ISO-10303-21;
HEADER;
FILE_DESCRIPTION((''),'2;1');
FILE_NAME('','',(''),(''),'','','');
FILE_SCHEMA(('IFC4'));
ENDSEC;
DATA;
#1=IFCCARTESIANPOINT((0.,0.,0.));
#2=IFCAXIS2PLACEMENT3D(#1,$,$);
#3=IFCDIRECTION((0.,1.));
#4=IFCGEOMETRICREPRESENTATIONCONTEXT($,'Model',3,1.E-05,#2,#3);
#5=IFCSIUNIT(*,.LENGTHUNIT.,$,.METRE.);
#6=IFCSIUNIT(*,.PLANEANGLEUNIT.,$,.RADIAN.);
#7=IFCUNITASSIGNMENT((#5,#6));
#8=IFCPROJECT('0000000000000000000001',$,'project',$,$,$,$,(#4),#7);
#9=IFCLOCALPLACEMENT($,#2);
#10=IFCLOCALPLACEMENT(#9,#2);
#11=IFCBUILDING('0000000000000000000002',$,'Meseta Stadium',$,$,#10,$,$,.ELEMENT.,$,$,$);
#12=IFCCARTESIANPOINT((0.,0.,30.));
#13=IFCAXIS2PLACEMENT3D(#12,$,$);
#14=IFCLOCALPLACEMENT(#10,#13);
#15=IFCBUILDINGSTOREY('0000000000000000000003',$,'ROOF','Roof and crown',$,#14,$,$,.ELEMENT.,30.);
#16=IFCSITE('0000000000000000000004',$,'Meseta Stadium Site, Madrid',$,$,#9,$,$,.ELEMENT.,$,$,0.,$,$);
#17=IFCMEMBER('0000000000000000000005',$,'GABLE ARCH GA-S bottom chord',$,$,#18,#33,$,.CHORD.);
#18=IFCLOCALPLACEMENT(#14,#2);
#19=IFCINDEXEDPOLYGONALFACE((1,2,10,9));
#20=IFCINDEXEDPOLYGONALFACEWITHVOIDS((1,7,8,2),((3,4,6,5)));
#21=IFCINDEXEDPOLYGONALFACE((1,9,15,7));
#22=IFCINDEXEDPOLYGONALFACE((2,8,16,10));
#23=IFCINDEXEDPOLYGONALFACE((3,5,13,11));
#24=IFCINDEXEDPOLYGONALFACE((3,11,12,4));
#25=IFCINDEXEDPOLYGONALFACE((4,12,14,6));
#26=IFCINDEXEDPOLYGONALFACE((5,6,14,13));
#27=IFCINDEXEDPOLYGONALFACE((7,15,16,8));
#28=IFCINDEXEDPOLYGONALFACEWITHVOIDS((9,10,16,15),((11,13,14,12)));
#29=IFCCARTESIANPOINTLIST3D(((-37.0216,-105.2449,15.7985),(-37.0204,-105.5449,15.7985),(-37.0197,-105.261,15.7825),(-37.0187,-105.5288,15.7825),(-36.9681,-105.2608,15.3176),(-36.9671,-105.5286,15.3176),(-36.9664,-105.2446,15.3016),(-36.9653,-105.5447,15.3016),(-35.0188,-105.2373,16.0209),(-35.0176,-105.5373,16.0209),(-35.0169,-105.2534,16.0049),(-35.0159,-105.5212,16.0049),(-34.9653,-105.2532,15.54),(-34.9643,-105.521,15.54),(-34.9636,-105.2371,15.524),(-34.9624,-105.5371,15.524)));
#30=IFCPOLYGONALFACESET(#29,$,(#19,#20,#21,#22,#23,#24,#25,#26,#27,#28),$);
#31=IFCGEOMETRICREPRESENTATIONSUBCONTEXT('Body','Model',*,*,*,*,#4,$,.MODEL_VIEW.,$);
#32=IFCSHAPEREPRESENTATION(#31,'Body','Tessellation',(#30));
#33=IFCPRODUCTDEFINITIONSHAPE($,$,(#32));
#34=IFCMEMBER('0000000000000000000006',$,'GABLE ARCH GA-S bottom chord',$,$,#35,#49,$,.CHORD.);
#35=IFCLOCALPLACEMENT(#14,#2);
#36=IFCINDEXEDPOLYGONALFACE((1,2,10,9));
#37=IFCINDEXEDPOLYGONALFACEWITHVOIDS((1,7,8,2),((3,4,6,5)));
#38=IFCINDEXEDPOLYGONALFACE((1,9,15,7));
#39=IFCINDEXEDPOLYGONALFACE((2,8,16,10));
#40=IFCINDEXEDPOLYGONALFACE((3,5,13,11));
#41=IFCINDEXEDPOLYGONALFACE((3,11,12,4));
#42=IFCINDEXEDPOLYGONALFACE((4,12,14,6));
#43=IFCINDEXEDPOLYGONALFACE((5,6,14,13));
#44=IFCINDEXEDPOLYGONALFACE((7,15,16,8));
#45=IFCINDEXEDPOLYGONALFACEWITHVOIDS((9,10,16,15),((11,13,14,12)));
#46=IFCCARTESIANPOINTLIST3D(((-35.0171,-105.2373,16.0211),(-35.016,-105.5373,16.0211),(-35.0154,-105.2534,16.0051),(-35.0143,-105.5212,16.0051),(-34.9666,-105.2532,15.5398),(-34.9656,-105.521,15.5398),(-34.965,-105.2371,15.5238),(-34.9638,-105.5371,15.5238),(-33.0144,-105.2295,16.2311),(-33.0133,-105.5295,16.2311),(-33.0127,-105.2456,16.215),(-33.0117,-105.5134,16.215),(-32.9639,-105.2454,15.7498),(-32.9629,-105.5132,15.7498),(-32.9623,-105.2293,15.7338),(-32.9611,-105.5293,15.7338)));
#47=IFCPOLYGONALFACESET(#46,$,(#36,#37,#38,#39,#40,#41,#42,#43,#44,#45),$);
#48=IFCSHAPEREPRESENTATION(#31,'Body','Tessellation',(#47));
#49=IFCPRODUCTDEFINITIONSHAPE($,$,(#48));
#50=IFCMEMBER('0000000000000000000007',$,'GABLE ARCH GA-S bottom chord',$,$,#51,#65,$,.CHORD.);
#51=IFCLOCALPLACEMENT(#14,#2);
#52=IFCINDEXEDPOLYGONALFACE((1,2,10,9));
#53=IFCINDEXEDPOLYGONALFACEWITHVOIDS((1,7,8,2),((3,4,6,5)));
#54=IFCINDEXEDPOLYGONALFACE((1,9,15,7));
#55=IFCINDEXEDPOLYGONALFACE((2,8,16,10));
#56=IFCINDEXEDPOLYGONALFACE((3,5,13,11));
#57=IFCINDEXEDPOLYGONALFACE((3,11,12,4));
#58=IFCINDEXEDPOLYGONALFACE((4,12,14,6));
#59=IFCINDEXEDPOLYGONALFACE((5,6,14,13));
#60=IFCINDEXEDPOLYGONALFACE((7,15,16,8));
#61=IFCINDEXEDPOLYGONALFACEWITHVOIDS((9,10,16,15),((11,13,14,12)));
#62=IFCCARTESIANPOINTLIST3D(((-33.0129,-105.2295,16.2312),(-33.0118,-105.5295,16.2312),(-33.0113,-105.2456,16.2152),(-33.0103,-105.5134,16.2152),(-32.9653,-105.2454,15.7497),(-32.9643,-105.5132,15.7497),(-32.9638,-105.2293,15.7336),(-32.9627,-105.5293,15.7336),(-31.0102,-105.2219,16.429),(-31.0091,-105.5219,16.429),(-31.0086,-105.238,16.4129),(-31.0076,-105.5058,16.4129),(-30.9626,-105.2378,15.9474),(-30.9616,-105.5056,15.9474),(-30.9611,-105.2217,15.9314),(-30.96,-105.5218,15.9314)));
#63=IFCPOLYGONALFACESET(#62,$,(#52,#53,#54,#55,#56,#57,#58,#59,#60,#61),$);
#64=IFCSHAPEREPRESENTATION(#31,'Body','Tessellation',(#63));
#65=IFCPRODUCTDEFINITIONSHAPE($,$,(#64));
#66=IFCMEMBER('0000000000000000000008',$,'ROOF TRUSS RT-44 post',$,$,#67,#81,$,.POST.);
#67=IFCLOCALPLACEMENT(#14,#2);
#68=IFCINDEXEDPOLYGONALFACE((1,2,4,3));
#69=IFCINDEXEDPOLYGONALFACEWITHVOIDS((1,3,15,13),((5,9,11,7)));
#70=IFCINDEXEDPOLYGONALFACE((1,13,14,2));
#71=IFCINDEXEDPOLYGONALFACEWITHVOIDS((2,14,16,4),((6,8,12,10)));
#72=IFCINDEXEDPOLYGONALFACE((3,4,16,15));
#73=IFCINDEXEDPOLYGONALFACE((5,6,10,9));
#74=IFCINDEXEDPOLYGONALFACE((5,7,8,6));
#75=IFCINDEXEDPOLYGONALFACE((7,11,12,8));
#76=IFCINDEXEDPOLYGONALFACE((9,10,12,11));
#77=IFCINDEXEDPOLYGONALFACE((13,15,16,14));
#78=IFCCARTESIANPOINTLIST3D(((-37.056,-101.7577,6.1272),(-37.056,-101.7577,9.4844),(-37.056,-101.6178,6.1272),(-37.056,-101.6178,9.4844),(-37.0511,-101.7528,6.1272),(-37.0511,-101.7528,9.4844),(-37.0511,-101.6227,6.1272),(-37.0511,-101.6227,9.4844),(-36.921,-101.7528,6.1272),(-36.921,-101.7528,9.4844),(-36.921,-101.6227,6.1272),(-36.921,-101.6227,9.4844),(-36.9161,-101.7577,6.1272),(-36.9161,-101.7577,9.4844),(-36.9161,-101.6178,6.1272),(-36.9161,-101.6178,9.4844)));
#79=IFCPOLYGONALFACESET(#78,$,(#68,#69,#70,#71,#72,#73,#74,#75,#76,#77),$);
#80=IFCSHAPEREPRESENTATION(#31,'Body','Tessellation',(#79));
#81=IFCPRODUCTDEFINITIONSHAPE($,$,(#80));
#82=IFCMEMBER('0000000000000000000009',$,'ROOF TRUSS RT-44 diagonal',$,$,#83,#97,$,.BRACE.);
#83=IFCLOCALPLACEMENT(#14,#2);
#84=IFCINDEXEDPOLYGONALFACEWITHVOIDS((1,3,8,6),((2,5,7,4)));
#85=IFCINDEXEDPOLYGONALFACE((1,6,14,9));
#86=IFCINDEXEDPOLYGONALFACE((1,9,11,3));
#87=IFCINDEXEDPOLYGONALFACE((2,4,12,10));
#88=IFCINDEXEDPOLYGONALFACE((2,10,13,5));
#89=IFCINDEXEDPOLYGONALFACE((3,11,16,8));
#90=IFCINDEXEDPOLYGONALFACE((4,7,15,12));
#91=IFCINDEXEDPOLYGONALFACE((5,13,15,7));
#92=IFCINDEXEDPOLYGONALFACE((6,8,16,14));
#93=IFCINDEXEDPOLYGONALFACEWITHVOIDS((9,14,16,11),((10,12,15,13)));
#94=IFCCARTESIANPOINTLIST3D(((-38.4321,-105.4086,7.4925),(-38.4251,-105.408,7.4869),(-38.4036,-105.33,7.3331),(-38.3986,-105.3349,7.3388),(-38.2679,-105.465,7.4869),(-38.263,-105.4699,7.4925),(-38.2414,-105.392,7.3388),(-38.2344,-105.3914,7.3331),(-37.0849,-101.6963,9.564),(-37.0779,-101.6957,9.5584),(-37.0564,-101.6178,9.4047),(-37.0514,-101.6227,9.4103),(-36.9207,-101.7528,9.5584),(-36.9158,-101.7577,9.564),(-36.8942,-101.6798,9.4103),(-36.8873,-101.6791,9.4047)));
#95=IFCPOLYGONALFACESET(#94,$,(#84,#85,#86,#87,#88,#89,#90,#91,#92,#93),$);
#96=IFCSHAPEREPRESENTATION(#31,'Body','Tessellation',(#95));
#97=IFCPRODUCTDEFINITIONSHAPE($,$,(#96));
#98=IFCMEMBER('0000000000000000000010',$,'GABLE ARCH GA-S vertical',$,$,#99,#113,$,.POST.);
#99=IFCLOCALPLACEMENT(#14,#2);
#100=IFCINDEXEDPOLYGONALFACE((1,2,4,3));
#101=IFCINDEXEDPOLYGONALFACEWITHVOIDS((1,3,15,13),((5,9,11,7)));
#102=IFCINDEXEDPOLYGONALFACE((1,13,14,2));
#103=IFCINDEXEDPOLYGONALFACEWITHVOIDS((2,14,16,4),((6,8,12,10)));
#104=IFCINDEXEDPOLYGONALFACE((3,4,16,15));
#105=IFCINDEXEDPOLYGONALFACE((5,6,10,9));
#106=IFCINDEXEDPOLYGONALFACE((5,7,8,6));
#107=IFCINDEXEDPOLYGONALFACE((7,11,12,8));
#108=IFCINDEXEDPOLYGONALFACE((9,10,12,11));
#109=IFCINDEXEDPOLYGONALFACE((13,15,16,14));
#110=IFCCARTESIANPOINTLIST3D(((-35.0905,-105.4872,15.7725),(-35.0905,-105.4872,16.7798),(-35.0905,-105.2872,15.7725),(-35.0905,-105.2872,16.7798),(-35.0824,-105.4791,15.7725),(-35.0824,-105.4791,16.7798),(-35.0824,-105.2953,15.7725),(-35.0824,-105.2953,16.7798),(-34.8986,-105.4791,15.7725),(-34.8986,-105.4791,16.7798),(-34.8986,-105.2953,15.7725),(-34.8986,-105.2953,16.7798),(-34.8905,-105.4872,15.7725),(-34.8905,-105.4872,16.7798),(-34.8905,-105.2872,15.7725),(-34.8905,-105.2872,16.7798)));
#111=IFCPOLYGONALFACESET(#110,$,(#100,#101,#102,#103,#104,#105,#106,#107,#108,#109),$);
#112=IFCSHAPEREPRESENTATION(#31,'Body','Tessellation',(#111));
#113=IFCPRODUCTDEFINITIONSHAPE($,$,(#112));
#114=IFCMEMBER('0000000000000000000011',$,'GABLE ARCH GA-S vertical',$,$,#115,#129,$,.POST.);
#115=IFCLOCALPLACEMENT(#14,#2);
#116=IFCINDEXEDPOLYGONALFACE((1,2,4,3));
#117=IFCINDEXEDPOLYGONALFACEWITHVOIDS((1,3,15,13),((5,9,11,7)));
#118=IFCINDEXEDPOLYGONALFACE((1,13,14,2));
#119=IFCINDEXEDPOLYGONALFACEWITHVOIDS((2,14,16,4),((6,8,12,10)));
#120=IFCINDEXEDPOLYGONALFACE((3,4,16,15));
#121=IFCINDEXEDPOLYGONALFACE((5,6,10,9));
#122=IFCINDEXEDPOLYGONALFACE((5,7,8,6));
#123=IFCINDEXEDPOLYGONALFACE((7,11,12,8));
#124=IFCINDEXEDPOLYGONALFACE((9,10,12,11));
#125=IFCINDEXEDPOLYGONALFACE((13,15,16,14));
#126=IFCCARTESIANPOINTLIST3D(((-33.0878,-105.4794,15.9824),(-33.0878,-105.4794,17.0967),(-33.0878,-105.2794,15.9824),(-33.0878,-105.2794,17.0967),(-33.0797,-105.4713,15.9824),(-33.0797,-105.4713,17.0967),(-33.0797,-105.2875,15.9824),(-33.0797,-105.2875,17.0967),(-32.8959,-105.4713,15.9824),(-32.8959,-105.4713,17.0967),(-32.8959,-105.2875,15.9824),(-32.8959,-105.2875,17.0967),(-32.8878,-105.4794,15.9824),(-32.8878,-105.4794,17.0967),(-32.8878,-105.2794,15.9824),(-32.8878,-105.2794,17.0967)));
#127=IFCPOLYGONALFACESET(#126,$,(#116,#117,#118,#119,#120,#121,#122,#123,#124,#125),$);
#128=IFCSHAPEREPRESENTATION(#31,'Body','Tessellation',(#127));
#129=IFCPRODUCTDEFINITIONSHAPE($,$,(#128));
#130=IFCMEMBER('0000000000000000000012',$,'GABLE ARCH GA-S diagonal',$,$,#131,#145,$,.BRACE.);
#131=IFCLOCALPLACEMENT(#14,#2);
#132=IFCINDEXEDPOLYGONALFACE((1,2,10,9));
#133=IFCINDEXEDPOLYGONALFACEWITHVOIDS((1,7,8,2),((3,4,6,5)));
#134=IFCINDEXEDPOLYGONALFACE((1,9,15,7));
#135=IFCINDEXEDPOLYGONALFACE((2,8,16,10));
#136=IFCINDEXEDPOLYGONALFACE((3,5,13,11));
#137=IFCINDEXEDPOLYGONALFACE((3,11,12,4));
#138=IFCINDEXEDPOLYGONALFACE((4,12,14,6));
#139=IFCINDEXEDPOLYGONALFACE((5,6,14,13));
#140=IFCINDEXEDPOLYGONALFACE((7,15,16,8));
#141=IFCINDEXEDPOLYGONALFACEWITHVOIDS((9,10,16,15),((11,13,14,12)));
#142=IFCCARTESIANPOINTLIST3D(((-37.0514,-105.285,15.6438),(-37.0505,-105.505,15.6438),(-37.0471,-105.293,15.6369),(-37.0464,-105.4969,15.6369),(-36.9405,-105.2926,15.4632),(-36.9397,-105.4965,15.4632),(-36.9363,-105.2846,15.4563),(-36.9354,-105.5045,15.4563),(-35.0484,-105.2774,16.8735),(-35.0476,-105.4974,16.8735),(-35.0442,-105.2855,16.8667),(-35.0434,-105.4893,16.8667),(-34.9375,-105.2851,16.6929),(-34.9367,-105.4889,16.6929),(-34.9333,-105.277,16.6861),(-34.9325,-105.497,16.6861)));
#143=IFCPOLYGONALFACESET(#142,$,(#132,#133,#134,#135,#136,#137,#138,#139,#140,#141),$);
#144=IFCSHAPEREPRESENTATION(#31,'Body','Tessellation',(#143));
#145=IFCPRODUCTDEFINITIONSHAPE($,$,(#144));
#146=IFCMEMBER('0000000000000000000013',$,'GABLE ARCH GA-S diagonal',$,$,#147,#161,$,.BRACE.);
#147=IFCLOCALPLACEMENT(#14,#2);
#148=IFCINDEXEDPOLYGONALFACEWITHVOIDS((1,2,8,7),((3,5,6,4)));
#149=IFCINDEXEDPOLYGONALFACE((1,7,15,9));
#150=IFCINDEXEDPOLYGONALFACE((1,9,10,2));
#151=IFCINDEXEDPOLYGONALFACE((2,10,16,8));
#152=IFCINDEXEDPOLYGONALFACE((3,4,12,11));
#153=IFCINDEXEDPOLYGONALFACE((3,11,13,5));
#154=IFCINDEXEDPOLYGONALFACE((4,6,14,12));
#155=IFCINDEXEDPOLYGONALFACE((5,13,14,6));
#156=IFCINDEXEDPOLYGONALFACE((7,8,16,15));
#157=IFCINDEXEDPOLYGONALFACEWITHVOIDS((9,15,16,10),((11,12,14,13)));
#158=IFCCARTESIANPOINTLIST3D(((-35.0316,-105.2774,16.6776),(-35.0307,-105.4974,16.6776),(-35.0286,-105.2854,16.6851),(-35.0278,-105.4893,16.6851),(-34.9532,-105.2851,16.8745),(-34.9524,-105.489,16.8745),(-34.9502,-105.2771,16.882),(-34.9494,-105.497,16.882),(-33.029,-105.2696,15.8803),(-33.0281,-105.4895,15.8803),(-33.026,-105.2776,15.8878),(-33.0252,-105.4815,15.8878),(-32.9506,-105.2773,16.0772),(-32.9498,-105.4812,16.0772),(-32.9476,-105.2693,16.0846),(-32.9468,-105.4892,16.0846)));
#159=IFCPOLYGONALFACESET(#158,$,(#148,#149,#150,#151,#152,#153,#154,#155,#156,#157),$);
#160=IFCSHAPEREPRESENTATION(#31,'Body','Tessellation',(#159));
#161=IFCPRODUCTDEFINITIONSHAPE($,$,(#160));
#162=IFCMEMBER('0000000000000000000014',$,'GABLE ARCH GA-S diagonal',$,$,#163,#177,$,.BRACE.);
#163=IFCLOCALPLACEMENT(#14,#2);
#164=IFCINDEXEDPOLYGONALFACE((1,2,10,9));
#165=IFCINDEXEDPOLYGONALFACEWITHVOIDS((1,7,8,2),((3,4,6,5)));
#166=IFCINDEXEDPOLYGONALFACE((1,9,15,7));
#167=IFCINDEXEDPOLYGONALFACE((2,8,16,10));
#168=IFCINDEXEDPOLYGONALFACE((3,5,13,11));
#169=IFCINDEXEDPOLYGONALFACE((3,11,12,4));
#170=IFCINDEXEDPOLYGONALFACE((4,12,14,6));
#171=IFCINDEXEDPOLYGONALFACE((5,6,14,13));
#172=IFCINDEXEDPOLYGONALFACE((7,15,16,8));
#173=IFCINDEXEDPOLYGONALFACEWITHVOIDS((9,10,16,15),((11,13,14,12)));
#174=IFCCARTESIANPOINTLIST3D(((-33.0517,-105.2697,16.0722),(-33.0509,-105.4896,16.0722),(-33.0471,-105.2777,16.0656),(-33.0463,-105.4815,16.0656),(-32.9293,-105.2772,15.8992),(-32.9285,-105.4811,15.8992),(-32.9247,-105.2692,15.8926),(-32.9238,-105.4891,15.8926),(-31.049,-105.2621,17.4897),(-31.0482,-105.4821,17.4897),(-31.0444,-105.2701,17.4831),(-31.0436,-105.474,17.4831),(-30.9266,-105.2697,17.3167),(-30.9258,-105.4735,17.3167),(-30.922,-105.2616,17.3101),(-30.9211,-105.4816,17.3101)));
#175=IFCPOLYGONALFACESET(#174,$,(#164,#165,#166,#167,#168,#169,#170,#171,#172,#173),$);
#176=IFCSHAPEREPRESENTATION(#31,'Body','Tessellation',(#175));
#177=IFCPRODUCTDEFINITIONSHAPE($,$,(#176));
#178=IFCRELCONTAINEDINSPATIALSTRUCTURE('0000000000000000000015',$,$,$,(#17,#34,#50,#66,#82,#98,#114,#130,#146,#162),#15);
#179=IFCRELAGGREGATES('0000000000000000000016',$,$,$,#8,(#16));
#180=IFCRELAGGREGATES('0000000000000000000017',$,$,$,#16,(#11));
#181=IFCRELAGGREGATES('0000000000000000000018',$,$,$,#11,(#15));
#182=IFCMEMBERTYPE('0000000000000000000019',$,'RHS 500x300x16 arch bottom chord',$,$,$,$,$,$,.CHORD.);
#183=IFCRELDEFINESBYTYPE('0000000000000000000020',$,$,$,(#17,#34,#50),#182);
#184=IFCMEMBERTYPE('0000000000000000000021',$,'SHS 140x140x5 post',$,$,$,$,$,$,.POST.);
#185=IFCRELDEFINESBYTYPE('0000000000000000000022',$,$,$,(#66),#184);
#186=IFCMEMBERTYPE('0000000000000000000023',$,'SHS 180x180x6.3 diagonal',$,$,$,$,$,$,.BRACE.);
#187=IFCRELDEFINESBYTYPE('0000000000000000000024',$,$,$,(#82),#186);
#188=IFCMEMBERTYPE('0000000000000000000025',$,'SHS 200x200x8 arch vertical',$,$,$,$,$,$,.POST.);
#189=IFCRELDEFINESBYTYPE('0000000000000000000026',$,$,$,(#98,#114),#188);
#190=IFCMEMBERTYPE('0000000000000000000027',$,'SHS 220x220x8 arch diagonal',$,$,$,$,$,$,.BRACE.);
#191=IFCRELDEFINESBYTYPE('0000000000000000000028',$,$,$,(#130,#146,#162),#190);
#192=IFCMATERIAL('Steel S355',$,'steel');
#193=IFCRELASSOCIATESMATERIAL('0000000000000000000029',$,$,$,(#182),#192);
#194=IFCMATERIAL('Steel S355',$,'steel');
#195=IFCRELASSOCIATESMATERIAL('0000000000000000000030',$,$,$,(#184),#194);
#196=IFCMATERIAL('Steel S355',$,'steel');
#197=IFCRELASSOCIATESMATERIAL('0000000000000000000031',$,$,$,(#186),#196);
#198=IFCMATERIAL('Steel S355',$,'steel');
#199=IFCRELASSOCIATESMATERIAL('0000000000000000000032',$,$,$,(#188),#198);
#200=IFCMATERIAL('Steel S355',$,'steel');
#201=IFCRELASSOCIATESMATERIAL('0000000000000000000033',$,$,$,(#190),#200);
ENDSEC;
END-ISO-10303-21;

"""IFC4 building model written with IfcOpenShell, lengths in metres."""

from ifc_helpers import new_model, si_unit, direction, frame, origin, origin_2d, place, context, subcontext, project, spatial, hollow_rectangle, extrude, material, material_profile, profile_set, type_object, element, save


model = new_model("IFC4")

# Units and contexts
model_context = context("Model", 3, precision=1e-05, world=origin(), true_north=direction((0.0, 1.0)))
body_context = subcontext(model_context, "Body", "Model", "MODEL_VIEW")
ifc_project = project(units=[si_unit("LENGTHUNIT", "METRE"), si_unit("PLANEANGLEUNIT", "RADIAN")], contexts=[model_context])

# Site, building, storey
site_placement = place(None, origin())
site = spatial("IfcSite", under=ifc_project, at=site_placement, Name="Meseta Stadium Site, Madrid", CompositionType="ELEMENT", RefElevation=0.0)
building_placement = place(site_placement, origin())
building = spatial("IfcBuilding", under=site, at=building_placement, Name="Meseta Stadium", CompositionType="ELEMENT")
storey_placement = place(building_placement, frame((0.0, 0.0, 30.0)))
storey = spatial("IfcBuildingStorey", under=building, at=storey_placement, Name="ROOF", Description="Roof and crown", CompositionType="ELEMENT", Elevation=30.0)

# Members
ifc_material_1 = material(Name="Steel S355", Category="steel")
ifc_material_profile_1 = material_profile(ifc_material_1, hollow_rectangle(XDim=0.3, YDim=0.5, WallThickness=0.0161, at=origin_2d()), Name="RHS 500x300x16")
ifc_profile_set_1 = profile_set([ifc_material_profile_1], Name="Steel S355")
member_type_1 = type_object("IfcMemberType", Name="RHS 500x300x16 arch bottom chord", PredefinedType="CHORD", material=ifc_profile_set_1)
member_1_placement = place(storey_placement, frame((-36.9934, -105.3948, 15.55), z_axis=(0.993884, 0.003756, 0.110364), x_axis=(-0.003779, 0.999993, 0.0)))
element("IfcMember", 1, at=member_1_placement, inside=storey, type_object=member_type_1, Name="GABLE ARCH GA-S bottom chord", PredefinedType="CHORD", context=body_context, shape_type="SweptSolid", body=[
    extrude(hollow_rectangle(XDim=0.3, YDim=0.5, WallThickness=0.0161, at=origin_2d()), origin(), (0.0, 0.0, 1.0), 2.0151),
])
member_2_placement = place(storey_placement, frame((-34.9905, -105.3872, 15.7725), z_axis=(0.994542, 0.00388, 0.104267), x_axis=(-0.003901, 0.999992, 0.0)))
element("IfcMember", 2, at=member_2_placement, inside=storey, type_object=member_type_1, Name="GABLE ARCH GA-S bottom chord", PredefinedType="CHORD", context=body_context, shape_type="SweptSolid", body=[
    extrude(hollow_rectangle(XDim=0.3, YDim=0.5, WallThickness=0.0161, at=origin_2d()), origin(), (0.0, 0.0, 1.0), 2.0137),
])
member_3_placement = place(storey_placement, frame((-32.9878, -105.3794, 15.9824), z_axis=(0.995153, 0.003761, 0.098266), x_axis=(-0.003779, 0.999993, 0.0)))
element("IfcMember", 3, at=member_3_placement, inside=storey, type_object=member_type_1, Name="GABLE ARCH GA-S bottom chord", PredefinedType="CHORD", context=body_context, shape_type="SweptSolid", body=[
    extrude(hollow_rectangle(XDim=0.3, YDim=0.5, WallThickness=0.0161, at=origin_2d()), origin(), (0.0, 0.0, 1.0), 2.0125),
])
ifc_material_2 = material(Name="Steel S355", Category="steel")
ifc_material_profile_2 = material_profile(ifc_material_2, hollow_rectangle(XDim=0.1399, YDim=0.1399, WallThickness=0.0049, at=origin_2d()), Name="SHS 140x140x5")
ifc_profile_set_2 = profile_set([ifc_material_profile_2], Name="Steel S355")
member_type_2 = type_object("IfcMemberType", Name="SHS 140x140x5 post", PredefinedType="POST", material=ifc_profile_set_2)
member_4_placement = place(storey_placement, frame((-36.9861, -101.6877, 6.1272), z_axis=(0.0, 0.0, 1.0), x_axis=(1.0, 0.0, 0.0)))
element("IfcMember", 4, at=member_4_placement, inside=storey, type_object=member_type_2, Name="ROOF TRUSS RT-44 post", PredefinedType="POST", context=body_context, shape_type="SweptSolid", body=[
    extrude(hollow_rectangle(XDim=0.1399, YDim=0.1399, WallThickness=0.0049, at=origin_2d()), origin(), (0.0, 0.0, 1.0), 3.3572),
])
ifc_material_3 = material(Name="Steel S355", Category="steel")
ifc_material_profile_3 = material_profile(ifc_material_3, hollow_rectangle(XDim=0.1799, YDim=0.1799, WallThickness=0.0063, at=origin_2d()), Name="SHS 180x180x6.3")
ifc_profile_set_3 = profile_set([ifc_material_profile_3], Name="Steel S355")
member_type_3 = type_object("IfcMemberType", Name="SHS 180x180x6.3 diagonal", PredefinedType="BRACE", material=ifc_profile_set_3)
member_5_placement = place(storey_placement, frame((-36.9861, -101.6877, 9.4844), z_axis=(-0.302096, -0.832435, -0.464532), x_axis=(0.940013, -0.341137, 0.0)))
element("IfcMember", 5, at=member_5_placement, inside=storey, type_object=member_type_3, Name="ROOF TRUSS RT-44 diagonal", PredefinedType="BRACE", context=body_context, shape_type="SweptSolid", body=[
    extrude(hollow_rectangle(XDim=0.1799, YDim=0.1799, WallThickness=0.0063, at=origin_2d()), origin(), (0.0, 0.0, 1.0), 4.4595),
])
ifc_material_4 = material(Name="Steel S355", Category="steel")
ifc_material_profile_4 = material_profile(ifc_material_4, hollow_rectangle(XDim=0.2, YDim=0.2, WallThickness=0.0081, at=origin_2d()), Name="SHS 200x200x8")
ifc_profile_set_4 = profile_set([ifc_material_profile_4], Name="Steel S355")
member_type_4 = type_object("IfcMemberType", Name="SHS 200x200x8 arch vertical", PredefinedType="POST", material=ifc_profile_set_4)
member_6_placement = place(storey_placement, frame((-34.9905, -105.3872, 15.7725), z_axis=(0.0, 0.0, 1.0), x_axis=(1.0, 0.0, 0.0)))
element("IfcMember", 6, at=member_6_placement, inside=storey, type_object=member_type_4, Name="GABLE ARCH GA-S vertical", PredefinedType="POST", context=body_context, shape_type="SweptSolid", body=[
    extrude(hollow_rectangle(XDim=0.2, YDim=0.2, WallThickness=0.0081, at=origin_2d()), origin(), (0.0, 0.0, 1.0), 1.0073),
])
member_7_placement = place(storey_placement, frame((-32.9878, -105.3794, 15.9824), z_axis=(0.0, 0.0, 1.0), x_axis=(1.0, 0.0, 0.0)))
element("IfcMember", 7, at=member_7_placement, inside=storey, type_object=member_type_4, Name="GABLE ARCH GA-S vertical", PredefinedType="POST", context=body_context, shape_type="SweptSolid", body=[
    extrude(hollow_rectangle(XDim=0.2, YDim=0.2, WallThickness=0.0081, at=origin_2d()), origin(), (0.0, 0.0, 1.0), 1.1143),
])
ifc_material_5 = material(Name="Steel S355", Category="steel")
ifc_material_profile_5 = material_profile(ifc_material_5, hollow_rectangle(XDim=0.22, YDim=0.22, WallThickness=0.0081, at=origin_2d()), Name="SHS 220x220x8")
ifc_profile_set_5 = profile_set([ifc_material_profile_5], Name="Steel S355")
member_type_5 = type_object("IfcMemberType", Name="SHS 220x220x8 arch diagonal", PredefinedType="BRACE", material=ifc_profile_set_5)
member_8_placement = place(storey_placement, frame((-36.9934, -105.3948, 15.55), z_axis=(0.852192, 0.00322, 0.523219), x_axis=(-0.003779, 0.999993, 0.0)))
element("IfcMember", 8, at=member_8_placement, inside=storey, type_object=member_type_5, Name="GABLE ARCH GA-S diagonal", PredefinedType="BRACE", context=body_context, shape_type="SweptSolid", body=[
    extrude(hollow_rectangle(XDim=0.22, YDim=0.22, WallThickness=0.0081, at=origin_2d()), origin(), (0.0, 0.0, 1.0), 2.3503),
])
member_9_placement = place(storey_placement, frame((-34.9905, -105.3872, 16.7798), z_axis=(0.929063, 0.003624, -0.369904), x_axis=(-0.003901, 0.999992, 0.0)))
element("IfcMember", 9, at=member_9_placement, inside=storey, type_object=member_type_5, Name="GABLE ARCH GA-S diagonal", PredefinedType="BRACE", context=body_context, shape_type="SweptSolid", body=[
    extrude(hollow_rectangle(XDim=0.22, YDim=0.22, WallThickness=0.0081, at=origin_2d()), origin(), (0.0, 0.0, 1.0), 2.1555),
])
member_10_placement = place(storey_placement, frame((-32.9878, -105.3794, 15.9824), z_axis=(0.81623, 0.003085, 0.577719), x_axis=(-0.003779, 0.999993, 0.0)))
element("IfcMember", 10, at=member_10_placement, inside=storey, type_object=member_type_5, Name="GABLE ARCH GA-S diagonal", PredefinedType="BRACE", context=body_context, shape_type="SweptSolid", body=[
    extrude(hollow_rectangle(XDim=0.22, YDim=0.22, WallThickness=0.0081, at=origin_2d()), origin(), (0.0, 0.0, 1.0), 2.4536),
])

save(model, "model.ifc")
